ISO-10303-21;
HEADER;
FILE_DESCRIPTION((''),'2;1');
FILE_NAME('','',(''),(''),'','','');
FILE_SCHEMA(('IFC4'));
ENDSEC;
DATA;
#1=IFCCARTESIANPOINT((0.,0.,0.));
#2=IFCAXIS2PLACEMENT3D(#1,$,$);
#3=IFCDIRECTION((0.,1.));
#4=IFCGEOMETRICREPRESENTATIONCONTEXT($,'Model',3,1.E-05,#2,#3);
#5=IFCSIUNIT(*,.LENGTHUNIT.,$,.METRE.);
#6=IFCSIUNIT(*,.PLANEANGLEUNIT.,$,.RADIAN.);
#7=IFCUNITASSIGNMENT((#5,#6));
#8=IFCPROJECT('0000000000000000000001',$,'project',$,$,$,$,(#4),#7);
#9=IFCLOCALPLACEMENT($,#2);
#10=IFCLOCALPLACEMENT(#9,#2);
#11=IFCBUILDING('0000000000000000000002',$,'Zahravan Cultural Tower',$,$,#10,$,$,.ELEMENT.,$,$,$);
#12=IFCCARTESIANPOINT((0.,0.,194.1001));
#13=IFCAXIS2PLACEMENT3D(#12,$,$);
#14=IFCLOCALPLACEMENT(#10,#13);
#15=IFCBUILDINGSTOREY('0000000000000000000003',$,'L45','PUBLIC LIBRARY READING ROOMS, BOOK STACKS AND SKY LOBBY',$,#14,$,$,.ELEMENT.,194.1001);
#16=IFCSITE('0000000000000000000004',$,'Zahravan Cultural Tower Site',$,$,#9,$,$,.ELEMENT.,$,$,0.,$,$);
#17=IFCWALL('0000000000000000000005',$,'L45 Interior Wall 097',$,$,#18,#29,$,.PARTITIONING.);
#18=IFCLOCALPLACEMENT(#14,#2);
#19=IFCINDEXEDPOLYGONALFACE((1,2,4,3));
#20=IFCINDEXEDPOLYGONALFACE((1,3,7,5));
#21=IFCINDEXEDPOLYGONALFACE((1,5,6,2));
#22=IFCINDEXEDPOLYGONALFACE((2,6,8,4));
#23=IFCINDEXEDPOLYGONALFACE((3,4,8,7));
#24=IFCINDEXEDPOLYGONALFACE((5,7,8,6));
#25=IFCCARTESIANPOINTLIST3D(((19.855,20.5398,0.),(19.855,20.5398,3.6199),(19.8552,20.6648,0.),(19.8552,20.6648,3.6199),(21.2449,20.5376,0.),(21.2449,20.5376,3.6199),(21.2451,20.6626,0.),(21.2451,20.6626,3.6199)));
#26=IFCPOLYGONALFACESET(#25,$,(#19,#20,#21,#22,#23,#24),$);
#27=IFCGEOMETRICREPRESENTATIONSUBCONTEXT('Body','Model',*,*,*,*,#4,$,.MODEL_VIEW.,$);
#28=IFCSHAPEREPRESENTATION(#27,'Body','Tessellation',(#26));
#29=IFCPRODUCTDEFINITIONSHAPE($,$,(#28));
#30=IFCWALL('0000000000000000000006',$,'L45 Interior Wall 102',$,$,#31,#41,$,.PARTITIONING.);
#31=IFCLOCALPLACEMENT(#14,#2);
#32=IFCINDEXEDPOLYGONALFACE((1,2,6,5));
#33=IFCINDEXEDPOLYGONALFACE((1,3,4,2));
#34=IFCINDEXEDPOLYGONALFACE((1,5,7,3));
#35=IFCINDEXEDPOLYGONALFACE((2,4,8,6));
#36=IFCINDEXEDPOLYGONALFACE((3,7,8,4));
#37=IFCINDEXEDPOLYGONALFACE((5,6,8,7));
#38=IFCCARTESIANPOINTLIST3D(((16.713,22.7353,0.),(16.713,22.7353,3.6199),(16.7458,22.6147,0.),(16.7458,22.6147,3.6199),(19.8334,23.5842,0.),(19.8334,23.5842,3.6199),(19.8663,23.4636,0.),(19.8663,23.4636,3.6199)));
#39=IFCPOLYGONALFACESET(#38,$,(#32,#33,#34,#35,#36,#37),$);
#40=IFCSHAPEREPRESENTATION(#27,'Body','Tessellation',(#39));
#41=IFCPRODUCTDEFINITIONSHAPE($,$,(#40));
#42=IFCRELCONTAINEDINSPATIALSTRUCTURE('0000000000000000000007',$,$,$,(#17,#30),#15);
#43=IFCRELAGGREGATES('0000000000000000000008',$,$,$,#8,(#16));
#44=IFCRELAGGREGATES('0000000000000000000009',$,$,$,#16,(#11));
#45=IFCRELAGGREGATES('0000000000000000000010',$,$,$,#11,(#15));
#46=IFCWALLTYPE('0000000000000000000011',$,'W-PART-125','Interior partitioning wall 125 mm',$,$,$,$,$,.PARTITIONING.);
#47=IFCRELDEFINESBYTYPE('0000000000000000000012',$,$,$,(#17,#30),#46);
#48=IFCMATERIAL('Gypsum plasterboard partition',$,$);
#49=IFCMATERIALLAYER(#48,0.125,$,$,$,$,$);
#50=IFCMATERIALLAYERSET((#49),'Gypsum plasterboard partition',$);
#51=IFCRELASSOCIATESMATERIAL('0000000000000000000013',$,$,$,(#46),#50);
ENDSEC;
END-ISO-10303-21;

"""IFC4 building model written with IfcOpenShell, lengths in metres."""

from ifc_helpers import new_model, si_unit, direction, frame, frame_2d, origin, place, context, subcontext, project, spatial, rectangle, extrude, source, transform, mapped, material, layer, layer_set, type_object, element, save


model = new_model("IFC4")

# Units and contexts
model_context = context("Model", 3, precision=1e-05, world=origin(), true_north=direction((0.0, 1.0)))
body_context = subcontext(model_context, "Body", "Model", "MODEL_VIEW")
ifc_project = project(units=[si_unit("LENGTHUNIT", "METRE"), si_unit("PLANEANGLEUNIT", "RADIAN")], contexts=[model_context])

# Site, building, storey
site_placement = place(None, origin())
site = spatial("IfcSite", under=ifc_project, at=site_placement, Name="Zahravan Cultural Tower Site", CompositionType="ELEMENT", RefElevation=0.0)
building_placement = place(site_placement, origin())
building = spatial("IfcBuilding", under=site, at=building_placement, Name="Zahravan Cultural Tower", CompositionType="ELEMENT")
storey_placement = place(building_placement, frame((0.0, 0.0, 194.1001)))
storey = spatial("IfcBuildingStorey", under=building, at=storey_placement, Name="L45", Description="PUBLIC LIBRARY READING ROOMS, BOOK STACKS AND SKY LOBBY", CompositionType="ELEMENT", Elevation=194.1001)

# Shared definitions
ifc_material_1 = material(Name="Gypsum plasterboard partition")
ifc_layer_1 = layer(ifc_material_1, 0.125)
ifc_layer_set_1 = layer_set([ifc_layer_1], Name="Gypsum plasterboard partition")
wall_type = type_object("IfcWallType", Name="W-PART-125", Description="Interior partitioning wall 125 mm", PredefinedType="PARTITIONING", material=ifc_layer_set_1)

# Walls
shared_shape_1 = source(origin(), body_context, "Body", "SweptSolid", [
    extrude(rectangle(XDim=1.3899, YDim=0.125, at=frame_2d((0.6948, 0.0))), origin(), (0.0, 0.0, 1.0), 3.6199),
])
wall_1_placement = place(storey_placement, frame((19.8552, 20.6023, 0.0), z_axis=(0.0, 0.0, 1.0), x_axis=(0.999999, -0.001581, 0.0)))
element("IfcWall", 1, at=wall_1_placement, inside=storey, type_object=wall_type, Name="L45 Interior Wall 097", PredefinedType="PARTITIONING", context=body_context, shape_type="MappedRepresentation", body=[
    mapped(shared_shape_1, transform((0.0, 0.0, 0.0), x_axis=(1.0, 0.0, 0.0), y_axis=(0.0, 1.0, 0.0), z_axis=(0.0, 0.0, 1.0), scale=1.0)),
])
shared_shape_2 = source(origin(), body_context, "Body", "SweptSolid", [
    extrude(rectangle(XDim=3.2339, YDim=0.125, at=frame_2d((1.6169, 0.0))), origin(), (0.0, 0.0, 1.0), 3.6199),
])
wall_2_placement = place(storey_placement, frame((19.8499, 23.5239, 0.0), z_axis=(0.0, 0.0, 1.0), x_axis=(-0.964931, -0.262504, 0.0)))
element("IfcWall", 2, at=wall_2_placement, inside=storey, type_object=wall_type, Name="L45 Interior Wall 102", PredefinedType="PARTITIONING", context=body_context, shape_type="MappedRepresentation", body=[
    mapped(shared_shape_2, transform((0.0, 0.0, 0.0), x_axis=(1.0, 0.0, 0.0), y_axis=(0.0, 1.0, 0.0), z_axis=(0.0, 0.0, 1.0), scale=1.0)),
])

save(model, "model.ifc")
